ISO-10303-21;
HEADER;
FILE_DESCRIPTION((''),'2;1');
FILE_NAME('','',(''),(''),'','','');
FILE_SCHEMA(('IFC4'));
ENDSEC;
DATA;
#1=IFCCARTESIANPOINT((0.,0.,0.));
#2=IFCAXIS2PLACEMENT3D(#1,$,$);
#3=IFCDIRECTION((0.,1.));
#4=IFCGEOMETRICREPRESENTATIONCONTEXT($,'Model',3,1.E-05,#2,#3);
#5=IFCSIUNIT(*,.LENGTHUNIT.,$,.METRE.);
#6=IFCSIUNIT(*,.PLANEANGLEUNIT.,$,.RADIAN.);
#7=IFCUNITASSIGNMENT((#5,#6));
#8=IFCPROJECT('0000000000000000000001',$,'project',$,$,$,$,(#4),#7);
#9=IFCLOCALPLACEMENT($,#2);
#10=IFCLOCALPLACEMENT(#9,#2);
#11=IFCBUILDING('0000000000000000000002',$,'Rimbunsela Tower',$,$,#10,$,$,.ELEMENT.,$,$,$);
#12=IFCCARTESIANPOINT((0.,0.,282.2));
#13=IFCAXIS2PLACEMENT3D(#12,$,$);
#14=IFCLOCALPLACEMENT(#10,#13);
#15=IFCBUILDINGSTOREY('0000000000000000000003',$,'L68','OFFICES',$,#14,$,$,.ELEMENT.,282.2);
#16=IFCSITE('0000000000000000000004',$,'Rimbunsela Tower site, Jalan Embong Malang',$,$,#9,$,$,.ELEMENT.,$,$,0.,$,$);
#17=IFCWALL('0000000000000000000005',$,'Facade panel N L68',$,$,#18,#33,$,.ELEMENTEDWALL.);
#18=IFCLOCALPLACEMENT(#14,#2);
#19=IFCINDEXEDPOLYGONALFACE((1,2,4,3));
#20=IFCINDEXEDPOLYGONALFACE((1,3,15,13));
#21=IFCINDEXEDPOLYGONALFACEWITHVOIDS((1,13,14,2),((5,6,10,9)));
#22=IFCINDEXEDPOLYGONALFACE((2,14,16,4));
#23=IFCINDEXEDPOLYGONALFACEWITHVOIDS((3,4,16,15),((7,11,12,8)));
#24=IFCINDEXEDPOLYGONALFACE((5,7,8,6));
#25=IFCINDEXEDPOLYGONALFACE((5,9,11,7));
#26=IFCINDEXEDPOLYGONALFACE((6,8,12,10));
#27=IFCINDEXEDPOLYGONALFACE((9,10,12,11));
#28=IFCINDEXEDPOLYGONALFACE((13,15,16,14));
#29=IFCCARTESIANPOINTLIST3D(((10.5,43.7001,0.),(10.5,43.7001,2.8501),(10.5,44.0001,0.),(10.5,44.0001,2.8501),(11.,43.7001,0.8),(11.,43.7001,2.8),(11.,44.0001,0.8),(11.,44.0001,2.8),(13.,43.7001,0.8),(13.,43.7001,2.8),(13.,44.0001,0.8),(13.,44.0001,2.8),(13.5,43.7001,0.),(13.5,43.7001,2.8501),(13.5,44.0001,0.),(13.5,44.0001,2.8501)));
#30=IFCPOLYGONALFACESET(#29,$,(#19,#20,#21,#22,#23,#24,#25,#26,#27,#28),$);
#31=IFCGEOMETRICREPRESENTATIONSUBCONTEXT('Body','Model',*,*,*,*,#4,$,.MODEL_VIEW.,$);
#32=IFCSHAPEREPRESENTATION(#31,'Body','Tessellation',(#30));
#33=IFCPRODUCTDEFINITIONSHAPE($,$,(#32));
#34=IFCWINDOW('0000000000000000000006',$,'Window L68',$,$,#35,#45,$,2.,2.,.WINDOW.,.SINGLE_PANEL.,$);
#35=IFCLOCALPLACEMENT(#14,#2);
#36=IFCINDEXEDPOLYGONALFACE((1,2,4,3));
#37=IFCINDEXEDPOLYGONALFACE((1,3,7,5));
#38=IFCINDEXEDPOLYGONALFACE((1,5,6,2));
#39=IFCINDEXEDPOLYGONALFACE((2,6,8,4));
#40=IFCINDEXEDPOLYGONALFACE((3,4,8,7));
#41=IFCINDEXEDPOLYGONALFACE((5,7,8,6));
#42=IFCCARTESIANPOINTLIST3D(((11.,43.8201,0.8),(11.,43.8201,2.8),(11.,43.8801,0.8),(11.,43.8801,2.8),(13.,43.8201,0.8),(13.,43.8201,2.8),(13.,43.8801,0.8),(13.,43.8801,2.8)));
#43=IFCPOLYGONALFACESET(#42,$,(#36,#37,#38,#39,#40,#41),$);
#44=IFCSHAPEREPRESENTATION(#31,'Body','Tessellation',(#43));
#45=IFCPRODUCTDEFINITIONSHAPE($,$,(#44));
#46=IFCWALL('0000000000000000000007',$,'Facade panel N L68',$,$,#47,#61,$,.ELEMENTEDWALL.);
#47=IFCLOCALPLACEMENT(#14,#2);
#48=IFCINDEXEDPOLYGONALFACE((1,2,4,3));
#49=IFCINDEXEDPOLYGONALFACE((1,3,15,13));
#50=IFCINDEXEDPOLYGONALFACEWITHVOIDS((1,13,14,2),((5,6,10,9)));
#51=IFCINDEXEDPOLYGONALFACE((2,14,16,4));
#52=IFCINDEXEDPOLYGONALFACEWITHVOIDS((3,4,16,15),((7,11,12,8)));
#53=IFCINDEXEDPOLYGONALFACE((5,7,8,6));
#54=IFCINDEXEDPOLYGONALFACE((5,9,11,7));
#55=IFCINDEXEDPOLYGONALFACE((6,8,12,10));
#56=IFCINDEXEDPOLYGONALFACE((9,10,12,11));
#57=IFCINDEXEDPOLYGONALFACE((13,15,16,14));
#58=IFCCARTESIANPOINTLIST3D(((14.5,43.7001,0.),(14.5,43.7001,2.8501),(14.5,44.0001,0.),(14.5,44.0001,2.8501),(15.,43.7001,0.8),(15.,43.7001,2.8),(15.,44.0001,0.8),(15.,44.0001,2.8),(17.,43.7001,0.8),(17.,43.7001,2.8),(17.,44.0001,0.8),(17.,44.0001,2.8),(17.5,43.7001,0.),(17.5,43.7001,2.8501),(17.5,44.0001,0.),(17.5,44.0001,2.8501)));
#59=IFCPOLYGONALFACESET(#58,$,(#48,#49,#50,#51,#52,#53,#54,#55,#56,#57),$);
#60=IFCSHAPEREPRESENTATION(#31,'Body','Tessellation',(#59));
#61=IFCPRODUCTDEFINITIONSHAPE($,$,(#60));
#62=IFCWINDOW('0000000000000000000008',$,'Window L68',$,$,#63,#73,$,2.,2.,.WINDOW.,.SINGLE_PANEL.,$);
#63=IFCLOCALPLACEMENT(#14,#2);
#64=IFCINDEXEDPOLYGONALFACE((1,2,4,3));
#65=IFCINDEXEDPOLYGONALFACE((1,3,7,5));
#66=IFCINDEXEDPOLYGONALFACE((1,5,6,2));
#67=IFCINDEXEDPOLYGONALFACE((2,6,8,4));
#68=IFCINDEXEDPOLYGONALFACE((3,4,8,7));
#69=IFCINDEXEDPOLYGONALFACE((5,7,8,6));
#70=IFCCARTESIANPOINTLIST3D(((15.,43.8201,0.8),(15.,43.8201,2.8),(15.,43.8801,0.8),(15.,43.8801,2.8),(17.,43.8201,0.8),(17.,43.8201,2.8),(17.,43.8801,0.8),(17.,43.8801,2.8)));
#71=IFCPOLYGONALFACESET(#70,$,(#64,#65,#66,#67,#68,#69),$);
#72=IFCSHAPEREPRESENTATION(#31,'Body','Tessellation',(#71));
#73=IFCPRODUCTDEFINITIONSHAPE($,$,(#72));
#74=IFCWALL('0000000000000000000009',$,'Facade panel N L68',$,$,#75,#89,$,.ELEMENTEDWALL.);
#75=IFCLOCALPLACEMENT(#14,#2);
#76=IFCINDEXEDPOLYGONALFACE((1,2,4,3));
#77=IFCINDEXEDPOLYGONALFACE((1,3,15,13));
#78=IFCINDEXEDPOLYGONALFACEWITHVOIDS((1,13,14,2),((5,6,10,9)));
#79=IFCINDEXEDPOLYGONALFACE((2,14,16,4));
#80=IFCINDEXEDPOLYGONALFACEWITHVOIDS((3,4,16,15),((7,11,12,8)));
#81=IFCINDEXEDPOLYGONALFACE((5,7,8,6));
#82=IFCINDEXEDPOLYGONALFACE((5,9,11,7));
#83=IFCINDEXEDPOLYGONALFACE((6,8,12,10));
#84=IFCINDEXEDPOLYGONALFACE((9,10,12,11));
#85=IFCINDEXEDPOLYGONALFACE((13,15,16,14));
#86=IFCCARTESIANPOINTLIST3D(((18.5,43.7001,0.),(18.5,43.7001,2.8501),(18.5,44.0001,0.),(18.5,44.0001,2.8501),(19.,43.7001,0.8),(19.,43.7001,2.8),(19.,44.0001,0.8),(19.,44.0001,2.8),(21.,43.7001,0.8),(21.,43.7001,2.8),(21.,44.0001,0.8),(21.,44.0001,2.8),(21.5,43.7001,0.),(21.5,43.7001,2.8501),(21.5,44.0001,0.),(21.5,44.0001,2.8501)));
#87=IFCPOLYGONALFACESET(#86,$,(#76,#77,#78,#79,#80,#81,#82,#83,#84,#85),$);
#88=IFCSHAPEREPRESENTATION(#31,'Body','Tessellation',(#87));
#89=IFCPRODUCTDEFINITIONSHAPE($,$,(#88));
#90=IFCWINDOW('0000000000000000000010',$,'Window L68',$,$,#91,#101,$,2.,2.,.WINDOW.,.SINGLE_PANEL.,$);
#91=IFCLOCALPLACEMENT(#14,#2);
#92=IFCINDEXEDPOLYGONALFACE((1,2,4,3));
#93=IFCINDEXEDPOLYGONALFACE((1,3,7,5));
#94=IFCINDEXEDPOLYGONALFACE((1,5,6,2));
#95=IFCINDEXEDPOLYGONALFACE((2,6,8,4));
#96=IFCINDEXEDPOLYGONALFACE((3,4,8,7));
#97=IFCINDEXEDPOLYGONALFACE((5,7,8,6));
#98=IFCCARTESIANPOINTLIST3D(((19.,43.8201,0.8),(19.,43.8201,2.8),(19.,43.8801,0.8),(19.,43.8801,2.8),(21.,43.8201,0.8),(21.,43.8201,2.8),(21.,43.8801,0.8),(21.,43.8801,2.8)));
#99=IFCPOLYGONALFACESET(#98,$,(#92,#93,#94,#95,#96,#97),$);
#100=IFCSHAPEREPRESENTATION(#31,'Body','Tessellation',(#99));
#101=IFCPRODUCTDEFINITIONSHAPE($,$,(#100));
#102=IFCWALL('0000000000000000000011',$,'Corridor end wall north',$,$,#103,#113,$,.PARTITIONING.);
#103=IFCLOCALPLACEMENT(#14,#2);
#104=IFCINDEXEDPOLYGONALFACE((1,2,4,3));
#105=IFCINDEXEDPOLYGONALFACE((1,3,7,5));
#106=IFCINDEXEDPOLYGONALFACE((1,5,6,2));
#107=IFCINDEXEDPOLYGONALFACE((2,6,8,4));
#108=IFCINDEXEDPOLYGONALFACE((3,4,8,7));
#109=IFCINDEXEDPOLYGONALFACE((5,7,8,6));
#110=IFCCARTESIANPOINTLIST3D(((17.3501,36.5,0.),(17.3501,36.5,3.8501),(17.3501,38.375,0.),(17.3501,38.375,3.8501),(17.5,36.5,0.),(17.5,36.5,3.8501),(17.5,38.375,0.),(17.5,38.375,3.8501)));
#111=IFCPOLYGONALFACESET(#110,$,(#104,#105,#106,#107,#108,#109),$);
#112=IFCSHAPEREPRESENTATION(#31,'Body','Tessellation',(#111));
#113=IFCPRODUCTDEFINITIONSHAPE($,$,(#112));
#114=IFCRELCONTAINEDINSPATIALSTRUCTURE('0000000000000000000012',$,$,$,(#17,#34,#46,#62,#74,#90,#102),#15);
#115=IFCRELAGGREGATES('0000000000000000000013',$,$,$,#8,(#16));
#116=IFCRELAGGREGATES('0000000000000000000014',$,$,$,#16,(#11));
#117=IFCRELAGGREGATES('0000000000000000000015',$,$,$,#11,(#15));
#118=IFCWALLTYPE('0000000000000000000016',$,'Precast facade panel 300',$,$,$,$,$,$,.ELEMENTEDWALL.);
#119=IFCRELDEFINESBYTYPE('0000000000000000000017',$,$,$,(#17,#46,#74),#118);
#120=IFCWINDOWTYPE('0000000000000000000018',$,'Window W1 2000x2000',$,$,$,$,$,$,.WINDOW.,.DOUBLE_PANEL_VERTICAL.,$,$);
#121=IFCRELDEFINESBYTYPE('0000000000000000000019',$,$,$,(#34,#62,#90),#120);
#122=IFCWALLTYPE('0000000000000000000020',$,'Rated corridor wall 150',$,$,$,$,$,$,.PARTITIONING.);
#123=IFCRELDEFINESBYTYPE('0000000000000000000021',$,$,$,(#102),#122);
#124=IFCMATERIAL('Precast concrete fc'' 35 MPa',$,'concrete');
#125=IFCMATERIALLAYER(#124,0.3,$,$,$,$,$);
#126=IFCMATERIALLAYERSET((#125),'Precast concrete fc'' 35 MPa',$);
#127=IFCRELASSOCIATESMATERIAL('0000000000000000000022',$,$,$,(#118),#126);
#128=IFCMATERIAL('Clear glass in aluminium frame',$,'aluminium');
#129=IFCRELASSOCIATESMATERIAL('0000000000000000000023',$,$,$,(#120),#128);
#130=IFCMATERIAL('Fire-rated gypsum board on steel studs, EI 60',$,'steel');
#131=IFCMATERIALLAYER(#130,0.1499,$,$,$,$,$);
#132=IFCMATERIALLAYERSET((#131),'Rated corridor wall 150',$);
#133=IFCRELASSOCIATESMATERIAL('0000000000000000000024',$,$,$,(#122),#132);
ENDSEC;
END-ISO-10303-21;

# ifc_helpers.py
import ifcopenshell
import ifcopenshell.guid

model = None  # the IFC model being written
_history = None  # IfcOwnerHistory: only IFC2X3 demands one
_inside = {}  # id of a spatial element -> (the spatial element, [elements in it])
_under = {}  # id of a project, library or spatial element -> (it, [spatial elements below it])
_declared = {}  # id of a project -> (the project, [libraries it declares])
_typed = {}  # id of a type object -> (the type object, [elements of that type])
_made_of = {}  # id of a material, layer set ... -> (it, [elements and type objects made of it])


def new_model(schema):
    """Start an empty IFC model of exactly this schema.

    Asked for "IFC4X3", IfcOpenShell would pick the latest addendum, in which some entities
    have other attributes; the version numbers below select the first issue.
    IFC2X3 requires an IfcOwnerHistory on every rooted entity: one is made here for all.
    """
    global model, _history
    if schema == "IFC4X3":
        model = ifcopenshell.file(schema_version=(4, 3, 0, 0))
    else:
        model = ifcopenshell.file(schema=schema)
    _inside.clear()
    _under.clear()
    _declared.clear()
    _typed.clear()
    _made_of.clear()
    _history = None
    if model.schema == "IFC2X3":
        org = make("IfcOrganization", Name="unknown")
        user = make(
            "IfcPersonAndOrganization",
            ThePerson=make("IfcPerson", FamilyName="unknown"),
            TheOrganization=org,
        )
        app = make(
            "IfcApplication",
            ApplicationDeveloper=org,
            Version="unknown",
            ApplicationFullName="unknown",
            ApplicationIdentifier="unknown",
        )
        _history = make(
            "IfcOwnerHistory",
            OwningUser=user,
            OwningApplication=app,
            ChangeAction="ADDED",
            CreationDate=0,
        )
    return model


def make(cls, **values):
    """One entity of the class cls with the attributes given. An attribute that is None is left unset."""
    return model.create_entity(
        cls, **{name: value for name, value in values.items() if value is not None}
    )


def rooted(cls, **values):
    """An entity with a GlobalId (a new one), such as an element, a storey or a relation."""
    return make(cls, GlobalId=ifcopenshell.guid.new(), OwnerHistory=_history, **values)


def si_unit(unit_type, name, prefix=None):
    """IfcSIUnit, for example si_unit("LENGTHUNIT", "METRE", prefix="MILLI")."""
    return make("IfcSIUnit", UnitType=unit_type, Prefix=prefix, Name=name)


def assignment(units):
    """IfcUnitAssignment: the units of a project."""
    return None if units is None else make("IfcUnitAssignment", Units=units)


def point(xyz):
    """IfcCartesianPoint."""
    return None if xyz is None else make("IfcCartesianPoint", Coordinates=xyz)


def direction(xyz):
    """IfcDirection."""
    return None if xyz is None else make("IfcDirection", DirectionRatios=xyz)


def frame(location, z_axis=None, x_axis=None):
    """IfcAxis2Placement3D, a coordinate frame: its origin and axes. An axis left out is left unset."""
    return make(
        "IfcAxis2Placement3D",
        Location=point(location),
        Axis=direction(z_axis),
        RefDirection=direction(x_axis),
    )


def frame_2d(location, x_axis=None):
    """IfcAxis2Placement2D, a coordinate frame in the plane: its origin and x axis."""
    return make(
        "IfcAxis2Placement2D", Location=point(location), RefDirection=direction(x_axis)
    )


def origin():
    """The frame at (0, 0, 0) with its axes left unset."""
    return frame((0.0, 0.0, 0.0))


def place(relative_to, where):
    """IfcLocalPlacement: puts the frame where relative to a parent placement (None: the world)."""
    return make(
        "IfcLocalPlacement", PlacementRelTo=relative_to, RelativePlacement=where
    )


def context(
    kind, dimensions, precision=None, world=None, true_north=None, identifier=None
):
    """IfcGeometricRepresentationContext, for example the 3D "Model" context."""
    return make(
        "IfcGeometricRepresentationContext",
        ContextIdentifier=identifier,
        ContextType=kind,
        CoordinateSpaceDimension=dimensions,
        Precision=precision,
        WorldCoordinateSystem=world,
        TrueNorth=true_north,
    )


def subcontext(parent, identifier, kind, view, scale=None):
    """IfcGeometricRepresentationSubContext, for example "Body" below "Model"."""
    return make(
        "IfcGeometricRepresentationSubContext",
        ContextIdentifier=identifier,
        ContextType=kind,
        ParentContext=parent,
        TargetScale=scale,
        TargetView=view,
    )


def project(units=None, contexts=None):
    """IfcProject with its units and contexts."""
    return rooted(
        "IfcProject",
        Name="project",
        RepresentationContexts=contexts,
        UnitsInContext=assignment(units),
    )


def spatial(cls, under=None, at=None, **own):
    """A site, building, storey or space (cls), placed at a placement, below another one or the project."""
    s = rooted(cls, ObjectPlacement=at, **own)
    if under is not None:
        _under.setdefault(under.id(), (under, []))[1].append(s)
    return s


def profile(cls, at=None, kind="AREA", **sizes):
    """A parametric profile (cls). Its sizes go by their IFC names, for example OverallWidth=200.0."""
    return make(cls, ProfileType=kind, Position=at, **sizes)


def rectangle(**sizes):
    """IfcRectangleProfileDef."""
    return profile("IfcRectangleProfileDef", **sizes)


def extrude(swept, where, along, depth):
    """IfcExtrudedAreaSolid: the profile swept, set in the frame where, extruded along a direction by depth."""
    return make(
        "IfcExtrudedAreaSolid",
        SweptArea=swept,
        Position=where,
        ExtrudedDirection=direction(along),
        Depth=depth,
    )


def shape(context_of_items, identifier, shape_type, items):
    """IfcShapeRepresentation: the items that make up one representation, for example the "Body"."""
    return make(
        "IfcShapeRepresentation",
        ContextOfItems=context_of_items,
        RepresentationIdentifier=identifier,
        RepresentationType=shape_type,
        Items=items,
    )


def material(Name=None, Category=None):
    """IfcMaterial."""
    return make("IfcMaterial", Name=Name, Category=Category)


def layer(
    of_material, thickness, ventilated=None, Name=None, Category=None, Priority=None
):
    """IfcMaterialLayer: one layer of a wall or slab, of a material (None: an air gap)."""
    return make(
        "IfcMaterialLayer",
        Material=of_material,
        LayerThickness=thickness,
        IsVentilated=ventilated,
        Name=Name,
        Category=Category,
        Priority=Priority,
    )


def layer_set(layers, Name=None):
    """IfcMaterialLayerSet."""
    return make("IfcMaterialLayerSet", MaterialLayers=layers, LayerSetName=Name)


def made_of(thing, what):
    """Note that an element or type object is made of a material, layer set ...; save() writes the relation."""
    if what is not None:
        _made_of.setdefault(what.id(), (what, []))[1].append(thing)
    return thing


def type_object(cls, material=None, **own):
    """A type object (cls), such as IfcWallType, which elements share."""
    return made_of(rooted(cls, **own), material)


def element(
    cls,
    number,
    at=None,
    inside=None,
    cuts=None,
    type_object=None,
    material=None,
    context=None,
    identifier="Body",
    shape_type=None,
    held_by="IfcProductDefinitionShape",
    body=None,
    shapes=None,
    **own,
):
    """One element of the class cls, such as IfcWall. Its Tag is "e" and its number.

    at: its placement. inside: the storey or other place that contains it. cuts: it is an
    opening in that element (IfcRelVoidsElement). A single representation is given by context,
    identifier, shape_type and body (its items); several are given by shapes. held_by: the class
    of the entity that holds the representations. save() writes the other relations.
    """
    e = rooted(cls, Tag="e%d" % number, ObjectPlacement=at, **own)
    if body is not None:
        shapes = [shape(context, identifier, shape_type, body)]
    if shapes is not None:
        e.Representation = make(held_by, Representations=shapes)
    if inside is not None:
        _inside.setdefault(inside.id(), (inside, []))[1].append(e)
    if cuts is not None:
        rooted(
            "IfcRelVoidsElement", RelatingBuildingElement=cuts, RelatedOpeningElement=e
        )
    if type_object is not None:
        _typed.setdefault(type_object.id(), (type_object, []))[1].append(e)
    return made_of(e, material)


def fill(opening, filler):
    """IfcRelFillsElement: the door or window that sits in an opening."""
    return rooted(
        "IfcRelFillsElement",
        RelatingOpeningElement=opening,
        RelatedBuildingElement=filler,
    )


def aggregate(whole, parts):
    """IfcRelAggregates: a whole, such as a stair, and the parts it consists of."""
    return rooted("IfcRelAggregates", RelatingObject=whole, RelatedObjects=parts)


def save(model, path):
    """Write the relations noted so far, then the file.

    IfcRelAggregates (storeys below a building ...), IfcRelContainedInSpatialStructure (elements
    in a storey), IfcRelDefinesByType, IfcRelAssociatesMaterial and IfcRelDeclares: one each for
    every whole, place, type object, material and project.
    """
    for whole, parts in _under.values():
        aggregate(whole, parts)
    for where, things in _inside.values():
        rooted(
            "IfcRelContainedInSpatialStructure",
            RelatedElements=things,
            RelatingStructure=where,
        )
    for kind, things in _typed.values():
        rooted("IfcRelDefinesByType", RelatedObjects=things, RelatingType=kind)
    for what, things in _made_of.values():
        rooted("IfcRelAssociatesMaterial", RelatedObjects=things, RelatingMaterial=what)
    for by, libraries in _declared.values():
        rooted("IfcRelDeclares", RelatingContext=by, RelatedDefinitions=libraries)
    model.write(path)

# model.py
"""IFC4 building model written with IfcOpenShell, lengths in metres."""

from ifc_helpers import new_model, si_unit, direction, frame, frame_2d, origin, place, context, subcontext, project, spatial, rectangle, extrude, material, layer, layer_set, type_object, element, fill, save


model = new_model("IFC4")

# Units and contexts
model_context = context("Model", 3, precision=1e-05, world=origin(), true_north=direction((0.0, 1.0)))
body_context = subcontext(model_context, "Body", "Model", "MODEL_VIEW")
ifc_project = project(units=[si_unit("LENGTHUNIT", "METRE"), si_unit("PLANEANGLEUNIT", "RADIAN")], contexts=[model_context])

# Site, building, storey
site_placement = place(None, origin())
site = spatial("IfcSite", under=ifc_project, at=site_placement, Name="Rimbunsela Tower site, Jalan Embong Malang", CompositionType="ELEMENT", RefElevation=0.0)
building_placement = place(site_placement, origin())
building = spatial("IfcBuilding", under=site, at=building_placement, Name="Rimbunsela Tower", CompositionType="ELEMENT")
storey_placement = place(building_placement, frame((0.0, 0.0, 282.2)))
storey = spatial("IfcBuildingStorey", under=building, at=storey_placement, Name="L68", Description="OFFICES", CompositionType="ELEMENT", Elevation=282.2)

# Walls, openings, windows
ifc_material_1 = material(Name="Precast concrete fc' 35 MPa", Category="concrete")
ifc_layer_1 = layer(ifc_material_1, 0.3)
ifc_layer_set_1 = layer_set([ifc_layer_1], Name="Precast concrete fc' 35 MPa")
wall_type_1 = type_object("IfcWallType", Name="Precast facade panel 300", PredefinedType="ELEMENTEDWALL", material=ifc_layer_set_1)
wall_1_placement = place(storey_placement, frame((13.5, 43.8501, 0.0), z_axis=(0.0, 0.0, 1.0), x_axis=(-1.0, 0.0, 0.0)))
wall_1 = element("IfcWall", 1, at=wall_1_placement, inside=storey, type_object=wall_type_1, Name="Facade panel N L68", PredefinedType="ELEMENTEDWALL", context=body_context, shape_type="SweptSolid", body=[
    extrude(rectangle(XDim=3.0, YDim=0.3, at=frame_2d((1.5, 0.0))), origin(), (0.0, 0.0, 1.0), 2.8501),
])
opening_1_placement = place(wall_1_placement, frame((0.5, 0.0, 0.8)))
opening_1 = element("IfcOpeningElement", 2, at=opening_1_placement, cuts=wall_1, PredefinedType="OPENING", context=body_context, shape_type="SweptSolid", body=[
    extrude(rectangle(XDim=2.0, YDim=2.0, at=frame_2d((1.0, 1.0))), frame((0.0, 0.1599, 0.0), z_axis=(0.0, -1.0, 0.0), x_axis=(1.0, 0.0, 0.0)), (0.0, 0.0, 1.0), 0.3201),
])
ifc_material_2 = material(Name="Clear glass in aluminium frame", Category="aluminium")
window_type = type_object("IfcWindowType", Name="Window W1 2000x2000", PartitioningType="DOUBLE_PANEL_VERTICAL", PredefinedType="WINDOW", material=ifc_material_2)
window_1_placement = place(opening_1_placement, origin())
window_1 = element("IfcWindow", 3, at=window_1_placement, inside=storey, type_object=window_type, Name="Window L68", OverallHeight=2.0, OverallWidth=2.0, PartitioningType="SINGLE_PANEL", PredefinedType="WINDOW", context=body_context, shape_type="SweptSolid", body=[
    extrude(rectangle(XDim=2.0, YDim=2.0, at=frame_2d((1.0, 1.0))), frame((0.0, 0.03, 0.0), z_axis=(0.0, -1.0, 0.0), x_axis=(1.0, 0.0, 0.0)), (0.0, 0.0, 1.0), 0.0601),
])
fill(opening_1, window_1)
wall_2_placement = place(storey_placement, frame((17.5, 43.8501, 0.0), z_axis=(0.0, 0.0, 1.0), x_axis=(-1.0, 0.0, 0.0)))
wall_2 = element("IfcWall", 4, at=wall_2_placement, inside=storey, type_object=wall_type_1, Name="Facade panel N L68", PredefinedType="ELEMENTEDWALL", context=body_context, shape_type="SweptSolid", body=[
    extrude(rectangle(XDim=3.0, YDim=0.3, at=frame_2d((1.5, 0.0))), origin(), (0.0, 0.0, 1.0), 2.8501),
])
opening_2_placement = place(wall_2_placement, frame((0.5, 0.0, 0.8)))
opening_2 = element("IfcOpeningElement", 5, at=opening_2_placement, cuts=wall_2, PredefinedType="OPENING", context=body_context, shape_type="SweptSolid", body=[
    extrude(rectangle(XDim=2.0, YDim=2.0, at=frame_2d((1.0, 1.0))), frame((0.0, 0.1599, 0.0), z_axis=(0.0, -1.0, 0.0), x_axis=(1.0, 0.0, 0.0)), (0.0, 0.0, 1.0), 0.3201),
])
window_2_placement = place(opening_2_placement, origin())
window_2 = element("IfcWindow", 6, at=window_2_placement, inside=storey, type_object=window_type, Name="Window L68", OverallHeight=2.0, OverallWidth=2.0, PartitioningType="SINGLE_PANEL", PredefinedType="WINDOW", context=body_context, shape_type="SweptSolid", body=[
    extrude(rectangle(XDim=2.0, YDim=2.0, at=frame_2d((1.0, 1.0))), frame((0.0, 0.03, 0.0), z_axis=(0.0, -1.0, 0.0), x_axis=(1.0, 0.0, 0.0)), (0.0, 0.0, 1.0), 0.0601),
])
fill(opening_2, window_2)
wall_3_placement = place(storey_placement, frame((21.5, 43.8501, 0.0), z_axis=(0.0, 0.0, 1.0), x_axis=(-1.0, 0.0, 0.0)))
wall_3 = element("IfcWall", 7, at=wall_3_placement, inside=storey, type_object=wall_type_1, Name="Facade panel N L68", PredefinedType="ELEMENTEDWALL", context=body_context, shape_type="SweptSolid", body=[
    extrude(rectangle(XDim=3.0, YDim=0.3, at=frame_2d((1.5, 0.0))), origin(), (0.0, 0.0, 1.0), 2.8501),
])
opening_3_placement = place(wall_3_placement, frame((0.5, 0.0, 0.8)))
opening_3 = element("IfcOpeningElement", 8, at=opening_3_placement, cuts=wall_3, PredefinedType="OPENING", context=body_context, shape_type="SweptSolid", body=[
    extrude(rectangle(XDim=2.0, YDim=2.0, at=frame_2d((1.0, 1.0))), frame((0.0, 0.1599, 0.0), z_axis=(0.0, -1.0, 0.0), x_axis=(1.0, 0.0, 0.0)), (0.0, 0.0, 1.0), 0.3201),
])
window_3_placement = place(opening_3_placement, origin())
window_3 = element("IfcWindow", 9, at=window_3_placement, inside=storey, type_object=window_type, Name="Window L68", OverallHeight=2.0, OverallWidth=2.0, PartitioningType="SINGLE_PANEL", PredefinedType="WINDOW", context=body_context, shape_type="SweptSolid", body=[
    extrude(rectangle(XDim=2.0, YDim=2.0, at=frame_2d((1.0, 1.0))), frame((0.0, 0.03, 0.0), z_axis=(0.0, -1.0, 0.0), x_axis=(1.0, 0.0, 0.0)), (0.0, 0.0, 1.0), 0.0601),
])
fill(opening_3, window_3)

# Wall
ifc_material_3 = material(Name="Fire-rated gypsum board on steel studs, EI 60", Category="steel")
ifc_layer_2 = layer(ifc_material_3, 0.1499)
ifc_layer_set_2 = layer_set([ifc_layer_2], Name="Rated corridor wall 150")
wall_type_2 = type_object("IfcWallType", Name="Rated corridor wall 150", PredefinedType="PARTITIONING", material=ifc_layer_set_2)
wall_4_placement = place(storey_placement, frame((17.425, 36.5, 0.0), z_axis=(0.0, 0.0, 1.0), x_axis=(0.0, 1.0, 0.0)))
element("IfcWall", 10, at=wall_4_placement, inside=storey, type_object=wall_type_2, Name="Corridor end wall north", PredefinedType="PARTITIONING", context=body_context, shape_type="SweptSolid", body=[
    extrude(rectangle(XDim=1.875, YDim=0.1499, at=frame_2d((0.9375, 0.0))), origin(), (0.0, 0.0, 1.0), 3.8501),
])

save(model, "model.ifc")
